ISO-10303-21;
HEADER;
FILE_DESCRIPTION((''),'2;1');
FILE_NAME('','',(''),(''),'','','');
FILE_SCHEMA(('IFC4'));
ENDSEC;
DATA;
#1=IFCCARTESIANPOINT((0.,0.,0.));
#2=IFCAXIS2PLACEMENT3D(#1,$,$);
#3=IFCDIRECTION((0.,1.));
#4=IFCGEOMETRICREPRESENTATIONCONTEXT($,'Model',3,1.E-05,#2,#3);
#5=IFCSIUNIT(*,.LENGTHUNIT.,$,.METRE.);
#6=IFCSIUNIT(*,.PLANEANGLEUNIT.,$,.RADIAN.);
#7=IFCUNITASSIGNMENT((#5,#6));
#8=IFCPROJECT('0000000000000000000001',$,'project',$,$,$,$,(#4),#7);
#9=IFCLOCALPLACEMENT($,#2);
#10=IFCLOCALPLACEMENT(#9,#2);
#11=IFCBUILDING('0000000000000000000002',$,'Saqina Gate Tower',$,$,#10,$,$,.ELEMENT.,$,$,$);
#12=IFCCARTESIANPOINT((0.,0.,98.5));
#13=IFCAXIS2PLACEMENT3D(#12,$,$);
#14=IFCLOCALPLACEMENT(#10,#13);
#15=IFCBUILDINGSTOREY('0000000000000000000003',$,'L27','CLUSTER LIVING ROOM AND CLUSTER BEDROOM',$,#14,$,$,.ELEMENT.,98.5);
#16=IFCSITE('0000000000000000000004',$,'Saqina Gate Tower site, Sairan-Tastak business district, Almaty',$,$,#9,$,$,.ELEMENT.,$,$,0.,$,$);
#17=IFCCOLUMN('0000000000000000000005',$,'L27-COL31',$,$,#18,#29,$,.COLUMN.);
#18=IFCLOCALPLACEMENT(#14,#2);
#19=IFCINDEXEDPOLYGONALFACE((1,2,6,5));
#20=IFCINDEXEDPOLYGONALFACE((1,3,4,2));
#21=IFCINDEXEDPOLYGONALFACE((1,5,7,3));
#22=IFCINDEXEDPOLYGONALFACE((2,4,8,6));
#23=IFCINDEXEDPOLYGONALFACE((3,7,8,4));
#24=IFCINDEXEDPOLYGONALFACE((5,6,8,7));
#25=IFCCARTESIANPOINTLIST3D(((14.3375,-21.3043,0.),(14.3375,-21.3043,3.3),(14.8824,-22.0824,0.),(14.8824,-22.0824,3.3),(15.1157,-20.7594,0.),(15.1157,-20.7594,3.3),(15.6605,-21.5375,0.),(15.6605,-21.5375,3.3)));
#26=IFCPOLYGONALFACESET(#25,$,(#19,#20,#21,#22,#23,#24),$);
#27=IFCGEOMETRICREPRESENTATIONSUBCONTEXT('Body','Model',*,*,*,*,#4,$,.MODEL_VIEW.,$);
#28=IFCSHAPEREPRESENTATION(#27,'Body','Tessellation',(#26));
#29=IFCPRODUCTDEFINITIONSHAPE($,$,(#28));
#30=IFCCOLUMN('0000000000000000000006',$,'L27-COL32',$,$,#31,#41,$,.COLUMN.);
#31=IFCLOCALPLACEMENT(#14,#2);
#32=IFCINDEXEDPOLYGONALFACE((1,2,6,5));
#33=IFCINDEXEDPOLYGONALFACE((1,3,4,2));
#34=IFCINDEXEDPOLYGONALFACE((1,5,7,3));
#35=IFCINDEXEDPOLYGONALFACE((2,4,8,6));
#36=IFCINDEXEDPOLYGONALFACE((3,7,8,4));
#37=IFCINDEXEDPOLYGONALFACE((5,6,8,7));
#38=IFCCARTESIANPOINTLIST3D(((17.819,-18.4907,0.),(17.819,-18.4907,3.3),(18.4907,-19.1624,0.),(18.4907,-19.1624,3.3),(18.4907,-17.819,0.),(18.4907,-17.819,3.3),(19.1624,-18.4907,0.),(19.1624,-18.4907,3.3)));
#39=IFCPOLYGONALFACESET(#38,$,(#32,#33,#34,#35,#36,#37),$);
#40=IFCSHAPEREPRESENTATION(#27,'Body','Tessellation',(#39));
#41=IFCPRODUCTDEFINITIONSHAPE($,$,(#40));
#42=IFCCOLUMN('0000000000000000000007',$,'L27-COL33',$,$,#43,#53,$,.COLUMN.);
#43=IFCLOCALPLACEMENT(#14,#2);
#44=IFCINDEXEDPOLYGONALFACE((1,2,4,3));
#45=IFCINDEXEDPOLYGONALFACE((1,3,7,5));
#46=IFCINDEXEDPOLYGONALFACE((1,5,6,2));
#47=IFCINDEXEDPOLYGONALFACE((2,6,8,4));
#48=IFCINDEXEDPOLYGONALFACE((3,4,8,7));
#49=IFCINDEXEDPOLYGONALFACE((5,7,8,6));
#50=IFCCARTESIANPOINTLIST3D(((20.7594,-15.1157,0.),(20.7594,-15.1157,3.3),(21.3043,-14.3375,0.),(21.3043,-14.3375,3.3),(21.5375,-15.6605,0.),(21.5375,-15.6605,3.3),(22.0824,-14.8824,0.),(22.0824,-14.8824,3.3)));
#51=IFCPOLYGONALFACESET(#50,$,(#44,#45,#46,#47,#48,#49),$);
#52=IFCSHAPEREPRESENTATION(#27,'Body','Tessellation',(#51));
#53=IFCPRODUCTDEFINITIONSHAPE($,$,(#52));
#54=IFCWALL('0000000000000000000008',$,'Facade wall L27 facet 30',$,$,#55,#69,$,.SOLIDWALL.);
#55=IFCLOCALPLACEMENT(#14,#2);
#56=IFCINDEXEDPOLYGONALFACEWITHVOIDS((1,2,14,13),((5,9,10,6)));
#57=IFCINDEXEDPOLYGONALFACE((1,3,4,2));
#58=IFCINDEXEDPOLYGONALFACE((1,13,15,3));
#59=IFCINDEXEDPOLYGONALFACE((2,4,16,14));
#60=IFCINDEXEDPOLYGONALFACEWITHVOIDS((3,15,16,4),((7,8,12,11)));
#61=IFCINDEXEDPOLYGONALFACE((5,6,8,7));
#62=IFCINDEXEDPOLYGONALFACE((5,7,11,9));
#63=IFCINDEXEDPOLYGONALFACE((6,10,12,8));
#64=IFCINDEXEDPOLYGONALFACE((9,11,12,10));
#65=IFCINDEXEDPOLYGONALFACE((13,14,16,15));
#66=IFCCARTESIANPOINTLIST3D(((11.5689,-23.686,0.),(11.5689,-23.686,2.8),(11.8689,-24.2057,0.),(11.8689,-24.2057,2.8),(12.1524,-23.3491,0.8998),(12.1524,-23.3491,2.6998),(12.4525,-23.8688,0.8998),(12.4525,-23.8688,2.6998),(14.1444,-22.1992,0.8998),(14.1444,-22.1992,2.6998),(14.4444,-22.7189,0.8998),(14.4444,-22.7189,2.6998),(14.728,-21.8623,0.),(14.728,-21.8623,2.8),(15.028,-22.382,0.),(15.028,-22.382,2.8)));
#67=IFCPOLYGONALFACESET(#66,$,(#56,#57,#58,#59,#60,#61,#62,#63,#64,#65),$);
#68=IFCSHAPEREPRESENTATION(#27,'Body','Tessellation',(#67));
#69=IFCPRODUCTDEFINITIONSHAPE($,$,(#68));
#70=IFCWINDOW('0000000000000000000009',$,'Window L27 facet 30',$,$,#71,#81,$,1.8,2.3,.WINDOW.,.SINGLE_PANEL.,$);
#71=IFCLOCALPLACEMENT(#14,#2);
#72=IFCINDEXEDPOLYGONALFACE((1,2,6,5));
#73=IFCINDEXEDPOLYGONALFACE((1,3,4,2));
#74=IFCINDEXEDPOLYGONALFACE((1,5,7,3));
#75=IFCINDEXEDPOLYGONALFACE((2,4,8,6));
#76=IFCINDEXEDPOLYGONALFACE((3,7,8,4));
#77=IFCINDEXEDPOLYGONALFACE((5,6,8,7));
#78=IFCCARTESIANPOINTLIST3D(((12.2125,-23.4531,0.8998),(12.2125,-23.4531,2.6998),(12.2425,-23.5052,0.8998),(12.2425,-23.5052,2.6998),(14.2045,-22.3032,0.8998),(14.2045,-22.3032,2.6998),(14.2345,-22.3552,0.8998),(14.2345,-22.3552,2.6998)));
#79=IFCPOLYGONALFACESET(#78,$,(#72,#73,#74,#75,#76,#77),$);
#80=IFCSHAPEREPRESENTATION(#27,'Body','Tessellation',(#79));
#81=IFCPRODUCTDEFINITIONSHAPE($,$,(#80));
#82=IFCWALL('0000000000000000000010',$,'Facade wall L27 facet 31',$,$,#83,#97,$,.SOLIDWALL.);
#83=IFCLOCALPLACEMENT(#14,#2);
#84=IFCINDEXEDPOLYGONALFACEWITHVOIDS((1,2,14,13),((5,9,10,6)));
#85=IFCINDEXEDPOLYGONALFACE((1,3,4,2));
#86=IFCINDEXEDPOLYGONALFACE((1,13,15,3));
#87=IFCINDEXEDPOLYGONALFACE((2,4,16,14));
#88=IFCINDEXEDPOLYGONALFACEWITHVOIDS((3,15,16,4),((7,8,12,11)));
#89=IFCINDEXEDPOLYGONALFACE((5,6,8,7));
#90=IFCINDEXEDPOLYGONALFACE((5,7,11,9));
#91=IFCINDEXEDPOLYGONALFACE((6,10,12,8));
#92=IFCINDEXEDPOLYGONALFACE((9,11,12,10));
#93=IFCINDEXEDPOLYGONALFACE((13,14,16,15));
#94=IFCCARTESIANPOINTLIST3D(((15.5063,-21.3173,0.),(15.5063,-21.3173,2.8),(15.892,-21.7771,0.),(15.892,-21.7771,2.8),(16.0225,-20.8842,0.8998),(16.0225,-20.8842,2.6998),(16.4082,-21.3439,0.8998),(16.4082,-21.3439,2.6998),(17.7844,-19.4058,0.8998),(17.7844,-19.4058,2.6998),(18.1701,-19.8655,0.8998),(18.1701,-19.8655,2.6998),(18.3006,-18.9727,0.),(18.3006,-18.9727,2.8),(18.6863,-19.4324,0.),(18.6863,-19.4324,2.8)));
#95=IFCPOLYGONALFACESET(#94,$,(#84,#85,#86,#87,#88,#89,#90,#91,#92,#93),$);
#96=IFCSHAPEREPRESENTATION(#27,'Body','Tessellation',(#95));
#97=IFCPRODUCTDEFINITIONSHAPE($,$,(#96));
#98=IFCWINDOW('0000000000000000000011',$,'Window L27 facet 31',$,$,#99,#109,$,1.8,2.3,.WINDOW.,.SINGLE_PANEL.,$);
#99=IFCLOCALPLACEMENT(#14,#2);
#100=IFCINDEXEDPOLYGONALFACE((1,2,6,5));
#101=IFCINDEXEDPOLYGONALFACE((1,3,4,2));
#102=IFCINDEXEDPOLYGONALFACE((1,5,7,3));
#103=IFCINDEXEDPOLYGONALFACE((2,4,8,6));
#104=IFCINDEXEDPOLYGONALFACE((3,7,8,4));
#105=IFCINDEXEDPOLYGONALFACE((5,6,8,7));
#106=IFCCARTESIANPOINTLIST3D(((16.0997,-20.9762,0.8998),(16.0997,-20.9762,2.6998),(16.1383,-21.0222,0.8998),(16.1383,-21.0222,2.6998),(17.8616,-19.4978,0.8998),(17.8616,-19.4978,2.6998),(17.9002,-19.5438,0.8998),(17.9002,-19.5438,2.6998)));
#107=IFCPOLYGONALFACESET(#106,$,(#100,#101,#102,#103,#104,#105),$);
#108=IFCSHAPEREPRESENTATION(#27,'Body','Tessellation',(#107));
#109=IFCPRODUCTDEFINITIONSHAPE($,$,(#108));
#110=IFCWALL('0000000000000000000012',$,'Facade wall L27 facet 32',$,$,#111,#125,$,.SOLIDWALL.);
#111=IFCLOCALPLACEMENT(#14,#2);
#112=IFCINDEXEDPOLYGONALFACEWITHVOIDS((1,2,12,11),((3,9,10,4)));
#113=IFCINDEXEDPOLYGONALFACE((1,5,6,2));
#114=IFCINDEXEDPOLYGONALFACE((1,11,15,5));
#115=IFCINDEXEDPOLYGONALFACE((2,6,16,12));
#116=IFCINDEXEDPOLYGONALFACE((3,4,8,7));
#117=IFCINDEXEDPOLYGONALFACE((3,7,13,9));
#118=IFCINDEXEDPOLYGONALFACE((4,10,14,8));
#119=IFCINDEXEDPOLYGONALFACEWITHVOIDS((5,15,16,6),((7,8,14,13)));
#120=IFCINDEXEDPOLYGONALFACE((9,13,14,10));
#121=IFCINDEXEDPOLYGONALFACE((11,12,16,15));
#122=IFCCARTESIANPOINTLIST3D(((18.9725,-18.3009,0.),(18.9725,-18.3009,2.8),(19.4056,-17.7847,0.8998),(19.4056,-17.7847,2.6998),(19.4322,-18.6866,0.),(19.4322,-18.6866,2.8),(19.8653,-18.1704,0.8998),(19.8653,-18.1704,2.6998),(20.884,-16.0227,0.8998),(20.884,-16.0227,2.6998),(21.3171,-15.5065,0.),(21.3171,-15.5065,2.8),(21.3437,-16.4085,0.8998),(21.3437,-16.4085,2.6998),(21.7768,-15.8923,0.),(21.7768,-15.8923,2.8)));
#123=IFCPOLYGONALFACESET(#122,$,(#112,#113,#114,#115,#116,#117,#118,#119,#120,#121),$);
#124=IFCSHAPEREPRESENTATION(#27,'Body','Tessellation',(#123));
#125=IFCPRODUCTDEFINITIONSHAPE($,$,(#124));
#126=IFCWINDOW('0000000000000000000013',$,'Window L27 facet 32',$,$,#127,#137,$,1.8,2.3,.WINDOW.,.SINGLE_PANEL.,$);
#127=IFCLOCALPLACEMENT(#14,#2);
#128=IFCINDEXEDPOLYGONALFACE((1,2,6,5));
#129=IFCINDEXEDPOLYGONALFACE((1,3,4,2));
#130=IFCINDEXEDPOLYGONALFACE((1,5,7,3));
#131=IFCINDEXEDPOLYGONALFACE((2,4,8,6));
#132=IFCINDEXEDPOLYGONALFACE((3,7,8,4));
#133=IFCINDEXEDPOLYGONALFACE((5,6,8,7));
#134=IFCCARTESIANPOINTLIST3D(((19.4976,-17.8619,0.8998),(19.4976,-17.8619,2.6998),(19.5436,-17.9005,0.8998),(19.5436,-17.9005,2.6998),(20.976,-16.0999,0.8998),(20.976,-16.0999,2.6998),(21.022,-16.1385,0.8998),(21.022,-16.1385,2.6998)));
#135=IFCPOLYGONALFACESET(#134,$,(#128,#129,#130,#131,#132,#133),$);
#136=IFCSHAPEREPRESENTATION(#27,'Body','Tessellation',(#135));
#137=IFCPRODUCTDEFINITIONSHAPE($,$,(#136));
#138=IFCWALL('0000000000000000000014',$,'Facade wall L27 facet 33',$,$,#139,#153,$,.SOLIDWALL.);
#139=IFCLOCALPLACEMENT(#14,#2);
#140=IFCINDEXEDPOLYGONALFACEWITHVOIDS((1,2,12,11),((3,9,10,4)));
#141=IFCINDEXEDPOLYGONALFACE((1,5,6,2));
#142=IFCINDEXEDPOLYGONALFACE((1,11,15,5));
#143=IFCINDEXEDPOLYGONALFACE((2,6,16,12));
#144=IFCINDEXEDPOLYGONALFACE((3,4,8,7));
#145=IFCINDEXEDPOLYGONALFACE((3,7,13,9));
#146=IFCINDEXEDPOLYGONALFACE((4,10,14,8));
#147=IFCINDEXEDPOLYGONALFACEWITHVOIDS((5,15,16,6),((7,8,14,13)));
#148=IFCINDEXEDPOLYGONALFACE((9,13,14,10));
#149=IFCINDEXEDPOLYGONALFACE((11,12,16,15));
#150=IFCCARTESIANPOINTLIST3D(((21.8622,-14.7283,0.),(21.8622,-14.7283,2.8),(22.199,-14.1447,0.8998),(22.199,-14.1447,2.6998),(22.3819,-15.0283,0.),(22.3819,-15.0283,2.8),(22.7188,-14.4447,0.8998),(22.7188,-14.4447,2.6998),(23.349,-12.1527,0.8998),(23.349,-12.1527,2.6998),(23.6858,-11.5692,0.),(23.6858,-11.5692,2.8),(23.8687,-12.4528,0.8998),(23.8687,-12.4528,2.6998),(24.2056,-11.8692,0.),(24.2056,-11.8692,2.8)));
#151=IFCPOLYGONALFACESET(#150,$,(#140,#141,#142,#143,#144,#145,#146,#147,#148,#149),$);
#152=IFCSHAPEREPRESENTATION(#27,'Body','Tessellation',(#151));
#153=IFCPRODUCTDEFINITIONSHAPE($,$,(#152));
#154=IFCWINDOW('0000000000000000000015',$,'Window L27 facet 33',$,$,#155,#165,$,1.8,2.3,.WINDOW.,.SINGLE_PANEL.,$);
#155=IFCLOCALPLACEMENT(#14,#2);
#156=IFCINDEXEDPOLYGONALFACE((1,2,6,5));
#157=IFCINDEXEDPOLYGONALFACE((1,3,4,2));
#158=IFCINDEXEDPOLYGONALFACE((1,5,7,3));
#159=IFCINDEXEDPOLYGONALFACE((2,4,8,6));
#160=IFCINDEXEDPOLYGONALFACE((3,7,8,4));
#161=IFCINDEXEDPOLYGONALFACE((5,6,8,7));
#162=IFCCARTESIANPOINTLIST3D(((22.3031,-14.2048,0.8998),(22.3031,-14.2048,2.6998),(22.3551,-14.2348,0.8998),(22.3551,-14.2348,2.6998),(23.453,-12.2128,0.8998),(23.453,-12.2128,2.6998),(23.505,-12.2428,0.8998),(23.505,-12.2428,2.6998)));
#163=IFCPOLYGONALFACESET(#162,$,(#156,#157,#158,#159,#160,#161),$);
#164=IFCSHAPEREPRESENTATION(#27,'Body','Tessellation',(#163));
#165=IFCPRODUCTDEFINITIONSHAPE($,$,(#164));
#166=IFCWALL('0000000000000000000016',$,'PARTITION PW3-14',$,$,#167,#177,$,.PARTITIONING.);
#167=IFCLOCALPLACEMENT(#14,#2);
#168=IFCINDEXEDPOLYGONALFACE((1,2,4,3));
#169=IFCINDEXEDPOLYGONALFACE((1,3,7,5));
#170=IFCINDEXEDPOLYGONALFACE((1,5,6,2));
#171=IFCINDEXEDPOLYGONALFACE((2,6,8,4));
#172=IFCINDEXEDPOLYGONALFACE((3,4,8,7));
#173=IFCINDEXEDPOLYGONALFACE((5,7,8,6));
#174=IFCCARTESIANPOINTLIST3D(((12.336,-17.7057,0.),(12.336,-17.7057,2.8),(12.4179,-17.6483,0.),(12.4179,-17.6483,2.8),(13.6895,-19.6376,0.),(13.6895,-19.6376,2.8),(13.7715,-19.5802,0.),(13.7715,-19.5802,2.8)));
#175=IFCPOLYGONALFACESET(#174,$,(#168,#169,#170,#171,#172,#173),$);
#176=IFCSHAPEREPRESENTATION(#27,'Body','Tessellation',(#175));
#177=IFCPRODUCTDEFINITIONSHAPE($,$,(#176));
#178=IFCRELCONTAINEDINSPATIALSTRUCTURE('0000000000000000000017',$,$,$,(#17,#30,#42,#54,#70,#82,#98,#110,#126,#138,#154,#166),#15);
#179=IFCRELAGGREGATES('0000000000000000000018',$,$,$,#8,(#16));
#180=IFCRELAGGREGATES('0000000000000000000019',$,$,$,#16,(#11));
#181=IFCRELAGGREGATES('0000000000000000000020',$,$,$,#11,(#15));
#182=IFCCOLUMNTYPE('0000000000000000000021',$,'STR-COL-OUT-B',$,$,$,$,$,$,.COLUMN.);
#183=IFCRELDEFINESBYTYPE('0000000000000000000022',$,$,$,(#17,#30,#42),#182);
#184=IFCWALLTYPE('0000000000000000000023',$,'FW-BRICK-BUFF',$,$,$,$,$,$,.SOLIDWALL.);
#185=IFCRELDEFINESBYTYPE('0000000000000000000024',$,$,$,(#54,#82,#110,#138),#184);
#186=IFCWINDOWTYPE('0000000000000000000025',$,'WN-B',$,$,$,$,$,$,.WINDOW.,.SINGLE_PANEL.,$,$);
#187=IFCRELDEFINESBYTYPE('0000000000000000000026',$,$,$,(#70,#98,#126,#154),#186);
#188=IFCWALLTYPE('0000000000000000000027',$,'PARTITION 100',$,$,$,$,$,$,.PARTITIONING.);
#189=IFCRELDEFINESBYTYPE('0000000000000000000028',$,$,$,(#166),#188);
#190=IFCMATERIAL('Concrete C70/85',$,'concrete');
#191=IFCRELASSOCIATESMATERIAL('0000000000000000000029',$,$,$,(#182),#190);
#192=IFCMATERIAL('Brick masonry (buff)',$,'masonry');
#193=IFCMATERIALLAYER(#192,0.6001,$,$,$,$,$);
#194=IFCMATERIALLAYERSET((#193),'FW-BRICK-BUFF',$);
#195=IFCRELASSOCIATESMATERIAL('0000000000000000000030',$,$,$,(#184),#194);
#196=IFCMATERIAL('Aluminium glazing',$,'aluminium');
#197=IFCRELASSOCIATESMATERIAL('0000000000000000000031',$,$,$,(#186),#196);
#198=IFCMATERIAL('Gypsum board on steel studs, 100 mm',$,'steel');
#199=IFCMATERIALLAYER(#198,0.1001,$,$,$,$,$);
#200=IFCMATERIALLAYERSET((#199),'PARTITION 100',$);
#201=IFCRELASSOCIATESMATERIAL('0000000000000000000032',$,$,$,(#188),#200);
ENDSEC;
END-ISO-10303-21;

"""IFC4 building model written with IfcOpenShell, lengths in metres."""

from ifc_helpers import new_model, si_unit, direction, frame, frame_2d, origin, origin_2d, place, context, subcontext, project, spatial, rectangle, extrude, material, layer, layer_set, material_profile, profile_set, type_object, element, fill, save


model = new_model("IFC4")

# Units and contexts
model_context = context("Model", 3, precision=1e-05, world=origin(), true_north=direction((0.0, 1.0)))
body_context = subcontext(model_context, "Body", "Model", "MODEL_VIEW")
ifc_project = project(units=[si_unit("LENGTHUNIT", "METRE"), si_unit("PLANEANGLEUNIT", "RADIAN")], contexts=[model_context])

# Site, building, storey
site_placement = place(None, origin())
site = spatial("IfcSite", under=ifc_project, at=site_placement, Name="Saqina Gate Tower site, Sairan-Tastak business district, Almaty", CompositionType="ELEMENT", RefElevation=0.0)
building_placement = place(site_placement, origin())
building = spatial("IfcBuilding", under=site, at=building_placement, Name="Saqina Gate Tower", CompositionType="ELEMENT")
storey_placement = place(building_placement, frame((0.0, 0.0, 98.5)))
storey = spatial("IfcBuildingStorey", under=building, at=storey_placement, Name="L27", Description="CLUSTER LIVING ROOM AND CLUSTER BEDROOM", CompositionType="ELEMENT", Elevation=98.5)

# Columns
ifc_material_1 = material(Name="Concrete C70/85", Category="concrete")
ifc_material_profile = material_profile(ifc_material_1, rectangle(XDim=0.95, YDim=0.95, at=origin_2d()), Name="RC 950x950")
ifc_profile_set = profile_set([ifc_material_profile], Name="Concrete C70/85")
column_type = type_object("IfcColumnType", Name="STR-COL-OUT-B", PredefinedType="COLUMN", material=ifc_profile_set)
for number, where, z_axis, x_axis, name in (
    (1, (14.999, -21.4209, 0.0), (0.0, 0.0, 1.0), (0.573576, -0.819152, 0.0), "L27-COL31"),
    (2, (18.4907, -18.4907, 0.0), (0.0, 0.0, 1.0), (0.707107, -0.707107, 0.0), "L27-COL32"),
    (3, (21.4209, -14.999, 0.0), (0.0, 0.0, 1.0), (0.819152, -0.573576, 0.0), "L27-COL33"),
):
    element("IfcColumn", number, at=place(storey_placement, frame(where, z_axis=z_axis, x_axis=x_axis)), inside=storey, type_object=column_type, Name=name, PredefinedType="COLUMN", context=body_context, shape_type="SweptSolid", body=[
        extrude(rectangle(XDim=0.95, YDim=0.95, at=origin_2d()), origin(), (0.0, 0.0, 1.0), 3.3),
    ])

# Walls, openings, windows
ifc_material_2 = material(Name="Brick masonry (buff)", Category="masonry")
ifc_layer_1 = layer(ifc_material_2, 0.6001)
ifc_layer_set_1 = layer_set([ifc_layer_1], Name="FW-BRICK-BUFF")
wall_type_1 = type_object("IfcWallType", Name="FW-BRICK-BUFF", PredefinedType="SOLIDWALL", material=ifc_layer_set_1)
wall_1_placement = place(storey_placement, frame((11.719, -23.9458, 0.0), z_axis=(0.0, 0.0, 1.0), x_axis=(0.866052, 0.499954, 0.0)))
wall_1 = element("IfcWall", 4, at=wall_1_placement, inside=storey, type_object=wall_type_1, Name="Facade wall L27 facet 30", PredefinedType="SOLIDWALL", context=body_context, shape_type="SweptSolid", body=[
    extrude(rectangle(XDim=3.6477, YDim=0.6001, at=frame_2d((1.8237, 0.0))), origin(), (0.0, 0.0, 1.0), 2.8),
])
opening_1_placement = place(wall_1_placement, frame((0.6738, 0.0, 0.8999)))
opening_1 = element("IfcOpeningElement", 5, at=opening_1_placement, cuts=wall_1, PredefinedType="OPENING", context=body_context, shape_type="SweptSolid", body=[
    extrude(rectangle(XDim=2.3, YDim=1.8, at=frame_2d((1.1499, 0.8999))), frame((0.0, 0.312, 0.0), z_axis=(0.0, -1.0, 0.0), x_axis=(1.0, 0.0, 0.0)), (0.0, 0.0, 1.0), 0.624),
])
ifc_material_3 = material(Name="Aluminium glazing", Category="aluminium")
window_type = type_object("IfcWindowType", Name="WN-B", PartitioningType="SINGLE_PANEL", PredefinedType="WINDOW", material=ifc_material_3)
window_1_placement = place(opening_1_placement, origin())
window_1 = element("IfcWindow", 6, at=window_1_placement, inside=storey, type_object=window_type, Name="Window L27 facet 30", OverallHeight=1.8, OverallWidth=2.3, PartitioningType="SINGLE_PANEL", PredefinedType="WINDOW", context=body_context, shape_type="SweptSolid", body=[
    extrude(rectangle(XDim=2.3, YDim=1.8, at=frame_2d((1.1499, 0.8999))), frame((0.0, 0.1799, 0.0), z_axis=(0.0, -1.0, 0.0), x_axis=(1.0, 0.0, 0.0)), (0.0, 0.0, 1.0), 0.0601),
])
fill(opening_1, window_1)
wall_2_placement = place(storey_placement, frame((15.6992, -21.5471, 0.0), z_axis=(0.0, 0.0, 1.0), x_axis=(0.766055, 0.642774, 0.0)))
wall_2 = element("IfcWall", 7, at=wall_2_placement, inside=storey, type_object=wall_type_1, Name="Facade wall L27 facet 31", PredefinedType="SOLIDWALL", context=body_context, shape_type="SweptSolid", body=[
    extrude(rectangle(XDim=3.6477, YDim=0.6001, at=frame_2d((1.8237, 0.0))), origin(), (0.0, 0.0, 1.0), 2.8),
])
opening_2_placement = place(wall_2_placement, frame((0.6738, 0.0, 0.8999)))
opening_2 = element("IfcOpeningElement", 8, at=opening_2_placement, cuts=wall_2, PredefinedType="OPENING", context=body_context, shape_type="SweptSolid", body=[
    extrude(rectangle(XDim=2.3, YDim=1.8, at=frame_2d((1.1499, 0.8999))), frame((0.0, 0.312, 0.0), z_axis=(0.0, -1.0, 0.0), x_axis=(1.0, 0.0, 0.0)), (0.0, 0.0, 1.0), 0.624),
])
window_2_placement = place(opening_2_placement, origin())
window_2 = element("IfcWindow", 9, at=window_2_placement, inside=storey, type_object=window_type, Name="Window L27 facet 31", OverallHeight=1.8, OverallWidth=2.3, PartitioningType="SINGLE_PANEL", PredefinedType="WINDOW", context=body_context, shape_type="SweptSolid", body=[
    extrude(rectangle(XDim=2.3, YDim=1.8, at=frame_2d((1.1499, 0.8999))), frame((0.0, 0.1799, 0.0), z_axis=(0.0, -1.0, 0.0), x_axis=(1.0, 0.0, 0.0)), (0.0, 0.0, 1.0), 0.0601),
])
fill(opening_2, window_2)
wall_3_placement = place(storey_placement, frame((19.2024, -18.4937, 0.0), z_axis=(0.0, 0.0, 1.0), x_axis=(0.642774, 0.766055, 0.0)))
wall_3 = element("IfcWall", 10, at=wall_3_placement, inside=storey, type_object=wall_type_1, Name="Facade wall L27 facet 32", PredefinedType="SOLIDWALL", context=body_context, shape_type="SweptSolid", body=[
    extrude(rectangle(XDim=3.6477, YDim=0.6001, at=frame_2d((1.8237, 0.0))), origin(), (0.0, 0.0, 1.0), 2.8),
])
opening_3_placement = place(wall_3_placement, frame((0.6738, 0.0, 0.8999)))
opening_3 = element("IfcOpeningElement", 11, at=opening_3_placement, cuts=wall_3, PredefinedType="OPENING", context=body_context, shape_type="SweptSolid", body=[
    extrude(rectangle(XDim=2.3, YDim=1.8, at=frame_2d((1.1499, 0.8999))), frame((0.0, 0.312, 0.0), z_axis=(0.0, -1.0, 0.0), x_axis=(1.0, 0.0, 0.0)), (0.0, 0.0, 1.0), 0.624),
])
window_3_placement = place(opening_3_placement, origin())
window_3 = element("IfcWindow", 12, at=window_3_placement, inside=storey, type_object=window_type, Name="Window L27 facet 32", OverallHeight=1.8, OverallWidth=2.3, PartitioningType="SINGLE_PANEL", PredefinedType="WINDOW", context=body_context, shape_type="SweptSolid", body=[
    extrude(rectangle(XDim=2.3, YDim=1.8, at=frame_2d((1.1499, 0.8999))), frame((0.0, 0.1799, 0.0), z_axis=(0.0, -1.0, 0.0), x_axis=(1.0, 0.0, 0.0)), (0.0, 0.0, 1.0), 0.0601),
])
fill(opening_3, window_3)
wall_4_placement = place(storey_placement, frame((22.1221, -14.8782, 0.0), z_axis=(0.0, 0.0, 1.0), x_axis=(0.499954, 0.866052, 0.0)))
wall_4 = element("IfcWall", 13, at=wall_4_placement, inside=storey, type_object=wall_type_1, Name="Facade wall L27 facet 33", PredefinedType="SOLIDWALL", context=body_context, shape_type="SweptSolid", body=[
    extrude(rectangle(XDim=3.6477, YDim=0.6001, at=frame_2d((1.8237, 0.0))), origin(), (0.0, 0.0, 1.0), 2.8),
])
opening_4_placement = place(wall_4_placement, frame((0.6738, 0.0, 0.8999)))
opening_4 = element("IfcOpeningElement", 14, at=opening_4_placement, cuts=wall_4, PredefinedType="OPENING", context=body_context, shape_type="SweptSolid", body=[
    extrude(rectangle(XDim=2.3, YDim=1.8, at=frame_2d((1.1499, 0.8999))), frame((0.0, 0.312, 0.0), z_axis=(0.0, -1.0, 0.0), x_axis=(1.0, 0.0, 0.0)), (0.0, 0.0, 1.0), 0.624),
])
window_4_placement = place(opening_4_placement, origin())
window_4 = element("IfcWindow", 15, at=window_4_placement, inside=storey, type_object=window_type, Name="Window L27 facet 33", OverallHeight=1.8, OverallWidth=2.3, PartitioningType="SINGLE_PANEL", PredefinedType="WINDOW", context=body_context, shape_type="SweptSolid", body=[
    extrude(rectangle(XDim=2.3, YDim=1.8, at=frame_2d((1.1499, 0.8999))), frame((0.0, 0.1799, 0.0), z_axis=(0.0, -1.0, 0.0), x_axis=(1.0, 0.0, 0.0)), (0.0, 0.0, 1.0), 0.0601),
])
fill(opening_4, window_4)

# Wall
ifc_material_4 = material(Name="Gypsum board on steel studs, 100 mm", Category="steel")
ifc_layer_2 = layer(ifc_material_4, 0.1001)
ifc_layer_set_2 = layer_set([ifc_layer_2], Name="PARTITION 100")
wall_type_2 = type_object("IfcWallType", Name="PARTITION 100", PredefinedType="PARTITIONING", material=ifc_layer_set_2)
wall_5_placement = place(storey_placement, frame((12.377, -17.677, 0.0), z_axis=(0.0, 0.0, 1.0), x_axis=(0.573803, -0.818994, 0.0)))
element("IfcWall", 16, at=wall_5_placement, inside=storey, type_object=wall_type_2, Name="PARTITION PW3-14", PredefinedType="PARTITIONING", context=body_context, shape_type="SweptSolid", body=[
    extrude(rectangle(XDim=2.3589, YDim=0.1001, at=frame_2d((1.1794, 0.0))), origin(), (0.0, 0.0, 1.0), 2.8),
])

save(model, "model.ifc")
